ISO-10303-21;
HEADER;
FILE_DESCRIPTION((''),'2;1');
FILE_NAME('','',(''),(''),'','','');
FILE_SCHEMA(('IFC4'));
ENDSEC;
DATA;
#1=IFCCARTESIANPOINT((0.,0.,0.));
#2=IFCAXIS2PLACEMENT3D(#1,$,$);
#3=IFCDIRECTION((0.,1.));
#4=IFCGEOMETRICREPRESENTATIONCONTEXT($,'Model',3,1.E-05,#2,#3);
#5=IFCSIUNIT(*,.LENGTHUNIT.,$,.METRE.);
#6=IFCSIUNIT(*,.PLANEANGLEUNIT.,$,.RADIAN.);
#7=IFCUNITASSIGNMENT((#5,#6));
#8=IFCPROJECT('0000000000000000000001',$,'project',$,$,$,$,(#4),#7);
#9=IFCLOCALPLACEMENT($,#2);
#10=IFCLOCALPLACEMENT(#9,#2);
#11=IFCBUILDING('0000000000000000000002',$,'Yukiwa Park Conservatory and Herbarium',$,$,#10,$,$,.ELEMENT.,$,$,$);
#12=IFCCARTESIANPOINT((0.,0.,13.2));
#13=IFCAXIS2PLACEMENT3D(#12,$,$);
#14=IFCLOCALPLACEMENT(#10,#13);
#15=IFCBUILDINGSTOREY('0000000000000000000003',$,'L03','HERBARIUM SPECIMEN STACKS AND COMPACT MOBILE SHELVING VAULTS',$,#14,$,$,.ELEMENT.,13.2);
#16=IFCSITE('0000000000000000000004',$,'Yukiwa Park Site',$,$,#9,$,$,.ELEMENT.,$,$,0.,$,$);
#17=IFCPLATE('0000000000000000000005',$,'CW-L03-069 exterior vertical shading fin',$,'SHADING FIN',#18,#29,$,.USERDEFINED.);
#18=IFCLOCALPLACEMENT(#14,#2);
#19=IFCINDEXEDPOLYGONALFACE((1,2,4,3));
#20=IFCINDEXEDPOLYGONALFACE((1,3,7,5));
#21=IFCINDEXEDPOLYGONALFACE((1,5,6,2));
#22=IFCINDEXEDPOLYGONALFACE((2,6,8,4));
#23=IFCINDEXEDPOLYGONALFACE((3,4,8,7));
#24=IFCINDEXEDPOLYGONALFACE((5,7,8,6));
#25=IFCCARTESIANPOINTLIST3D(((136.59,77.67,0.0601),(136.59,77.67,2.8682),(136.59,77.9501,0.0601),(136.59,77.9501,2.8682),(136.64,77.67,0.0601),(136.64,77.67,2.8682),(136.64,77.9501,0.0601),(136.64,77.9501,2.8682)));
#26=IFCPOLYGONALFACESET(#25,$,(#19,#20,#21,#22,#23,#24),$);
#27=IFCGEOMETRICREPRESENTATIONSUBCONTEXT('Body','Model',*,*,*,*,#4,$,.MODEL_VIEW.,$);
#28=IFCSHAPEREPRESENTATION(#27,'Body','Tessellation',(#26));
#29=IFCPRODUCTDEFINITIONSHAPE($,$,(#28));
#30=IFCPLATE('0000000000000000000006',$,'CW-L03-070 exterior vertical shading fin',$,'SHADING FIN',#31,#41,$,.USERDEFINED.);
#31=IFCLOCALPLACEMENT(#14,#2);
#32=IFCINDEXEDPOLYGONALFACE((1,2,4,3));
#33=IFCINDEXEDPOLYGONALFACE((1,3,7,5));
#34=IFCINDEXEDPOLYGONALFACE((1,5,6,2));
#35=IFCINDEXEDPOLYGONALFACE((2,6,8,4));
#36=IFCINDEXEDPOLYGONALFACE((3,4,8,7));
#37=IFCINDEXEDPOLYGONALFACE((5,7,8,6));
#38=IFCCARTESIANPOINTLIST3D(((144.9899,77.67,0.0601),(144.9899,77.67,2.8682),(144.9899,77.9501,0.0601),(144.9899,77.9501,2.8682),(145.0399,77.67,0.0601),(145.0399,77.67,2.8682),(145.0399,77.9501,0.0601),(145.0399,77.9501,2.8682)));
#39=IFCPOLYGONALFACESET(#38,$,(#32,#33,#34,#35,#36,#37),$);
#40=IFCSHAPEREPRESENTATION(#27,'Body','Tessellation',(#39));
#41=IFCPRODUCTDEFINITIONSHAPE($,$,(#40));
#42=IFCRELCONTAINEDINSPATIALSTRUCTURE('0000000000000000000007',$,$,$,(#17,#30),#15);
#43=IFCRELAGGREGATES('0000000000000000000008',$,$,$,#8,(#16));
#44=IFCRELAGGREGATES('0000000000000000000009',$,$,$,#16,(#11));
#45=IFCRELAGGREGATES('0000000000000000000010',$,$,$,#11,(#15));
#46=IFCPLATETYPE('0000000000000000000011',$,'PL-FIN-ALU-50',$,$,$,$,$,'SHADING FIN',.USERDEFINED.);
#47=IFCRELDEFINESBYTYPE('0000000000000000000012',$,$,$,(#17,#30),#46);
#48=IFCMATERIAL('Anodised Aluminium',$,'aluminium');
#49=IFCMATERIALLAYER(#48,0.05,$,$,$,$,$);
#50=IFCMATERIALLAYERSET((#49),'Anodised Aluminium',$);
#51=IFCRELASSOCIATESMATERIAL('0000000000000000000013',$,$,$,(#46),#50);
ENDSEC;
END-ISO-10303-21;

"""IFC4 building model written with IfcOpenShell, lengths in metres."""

from ifc_helpers import new_model, si_unit, direction, frame, origin, origin_2d, place, context, subcontext, project, spatial, rectangle, extrude, material, layer, layer_set, type_object, element, save


model = new_model("IFC4")

# Units and contexts
model_context = context("Model", 3, precision=1e-05, world=origin(), true_north=direction((0.0, 1.0)))
body_context = subcontext(model_context, "Body", "Model", "MODEL_VIEW")
ifc_project = project(units=[si_unit("LENGTHUNIT", "METRE"), si_unit("PLANEANGLEUNIT", "RADIAN")], contexts=[model_context])

# Site, building, storey
site_placement = place(None, origin())
site = spatial("IfcSite", under=ifc_project, at=site_placement, Name="Yukiwa Park Site", CompositionType="ELEMENT", RefElevation=0.0)
building_placement = place(site_placement, origin())
building = spatial("IfcBuilding", under=site, at=building_placement, Name="Yukiwa Park Conservatory and Herbarium", CompositionType="ELEMENT")
storey_placement = place(building_placement, frame((0.0, 0.0, 13.2)))
storey = spatial("IfcBuildingStorey", under=building, at=storey_placement, Name="L03", Description="HERBARIUM SPECIMEN STACKS AND COMPACT MOBILE SHELVING VAULTS", CompositionType="ELEMENT", Elevation=13.2)

# Plates
ifc_material_1 = material(Name="Anodised Aluminium", Category="aluminium")
ifc_layer_1 = layer(ifc_material_1, 0.05)
ifc_layer_set_1 = layer_set([ifc_layer_1], Name="Anodised Aluminium")
plate_type_1 = type_object("IfcPlateType", Name="PL-FIN-ALU-50", ElementType="SHADING FIN", PredefinedType="USERDEFINED", material=ifc_layer_set_1)
for number, where, z_axis, x_axis, name in (
    (1, (136.615, 77.8101, 0.0601), (0.0, 0.0, 1.0), (1.0, 0.0, 0.0), "CW-L03-069 exterior vertical shading fin"),
    (2, (145.0149, 77.8101, 0.0601), (0.0, 0.0, 1.0), (1.0, 0.0, 0.0), "CW-L03-070 exterior vertical shading fin"),
):
    element("IfcPlate", number, at=place(storey_placement, frame(where, z_axis=z_axis, x_axis=x_axis)), inside=storey, type_object=plate_type_1, Name=name, ObjectType="SHADING FIN", PredefinedType="USERDEFINED", context=body_context, shape_type="SweptSolid", body=[
        extrude(rectangle(XDim=0.05, YDim=0.28, at=origin_2d()), origin(), (0.0, 0.0, 1.0), 2.8081),
    ])

save(model, "model.ifc")
